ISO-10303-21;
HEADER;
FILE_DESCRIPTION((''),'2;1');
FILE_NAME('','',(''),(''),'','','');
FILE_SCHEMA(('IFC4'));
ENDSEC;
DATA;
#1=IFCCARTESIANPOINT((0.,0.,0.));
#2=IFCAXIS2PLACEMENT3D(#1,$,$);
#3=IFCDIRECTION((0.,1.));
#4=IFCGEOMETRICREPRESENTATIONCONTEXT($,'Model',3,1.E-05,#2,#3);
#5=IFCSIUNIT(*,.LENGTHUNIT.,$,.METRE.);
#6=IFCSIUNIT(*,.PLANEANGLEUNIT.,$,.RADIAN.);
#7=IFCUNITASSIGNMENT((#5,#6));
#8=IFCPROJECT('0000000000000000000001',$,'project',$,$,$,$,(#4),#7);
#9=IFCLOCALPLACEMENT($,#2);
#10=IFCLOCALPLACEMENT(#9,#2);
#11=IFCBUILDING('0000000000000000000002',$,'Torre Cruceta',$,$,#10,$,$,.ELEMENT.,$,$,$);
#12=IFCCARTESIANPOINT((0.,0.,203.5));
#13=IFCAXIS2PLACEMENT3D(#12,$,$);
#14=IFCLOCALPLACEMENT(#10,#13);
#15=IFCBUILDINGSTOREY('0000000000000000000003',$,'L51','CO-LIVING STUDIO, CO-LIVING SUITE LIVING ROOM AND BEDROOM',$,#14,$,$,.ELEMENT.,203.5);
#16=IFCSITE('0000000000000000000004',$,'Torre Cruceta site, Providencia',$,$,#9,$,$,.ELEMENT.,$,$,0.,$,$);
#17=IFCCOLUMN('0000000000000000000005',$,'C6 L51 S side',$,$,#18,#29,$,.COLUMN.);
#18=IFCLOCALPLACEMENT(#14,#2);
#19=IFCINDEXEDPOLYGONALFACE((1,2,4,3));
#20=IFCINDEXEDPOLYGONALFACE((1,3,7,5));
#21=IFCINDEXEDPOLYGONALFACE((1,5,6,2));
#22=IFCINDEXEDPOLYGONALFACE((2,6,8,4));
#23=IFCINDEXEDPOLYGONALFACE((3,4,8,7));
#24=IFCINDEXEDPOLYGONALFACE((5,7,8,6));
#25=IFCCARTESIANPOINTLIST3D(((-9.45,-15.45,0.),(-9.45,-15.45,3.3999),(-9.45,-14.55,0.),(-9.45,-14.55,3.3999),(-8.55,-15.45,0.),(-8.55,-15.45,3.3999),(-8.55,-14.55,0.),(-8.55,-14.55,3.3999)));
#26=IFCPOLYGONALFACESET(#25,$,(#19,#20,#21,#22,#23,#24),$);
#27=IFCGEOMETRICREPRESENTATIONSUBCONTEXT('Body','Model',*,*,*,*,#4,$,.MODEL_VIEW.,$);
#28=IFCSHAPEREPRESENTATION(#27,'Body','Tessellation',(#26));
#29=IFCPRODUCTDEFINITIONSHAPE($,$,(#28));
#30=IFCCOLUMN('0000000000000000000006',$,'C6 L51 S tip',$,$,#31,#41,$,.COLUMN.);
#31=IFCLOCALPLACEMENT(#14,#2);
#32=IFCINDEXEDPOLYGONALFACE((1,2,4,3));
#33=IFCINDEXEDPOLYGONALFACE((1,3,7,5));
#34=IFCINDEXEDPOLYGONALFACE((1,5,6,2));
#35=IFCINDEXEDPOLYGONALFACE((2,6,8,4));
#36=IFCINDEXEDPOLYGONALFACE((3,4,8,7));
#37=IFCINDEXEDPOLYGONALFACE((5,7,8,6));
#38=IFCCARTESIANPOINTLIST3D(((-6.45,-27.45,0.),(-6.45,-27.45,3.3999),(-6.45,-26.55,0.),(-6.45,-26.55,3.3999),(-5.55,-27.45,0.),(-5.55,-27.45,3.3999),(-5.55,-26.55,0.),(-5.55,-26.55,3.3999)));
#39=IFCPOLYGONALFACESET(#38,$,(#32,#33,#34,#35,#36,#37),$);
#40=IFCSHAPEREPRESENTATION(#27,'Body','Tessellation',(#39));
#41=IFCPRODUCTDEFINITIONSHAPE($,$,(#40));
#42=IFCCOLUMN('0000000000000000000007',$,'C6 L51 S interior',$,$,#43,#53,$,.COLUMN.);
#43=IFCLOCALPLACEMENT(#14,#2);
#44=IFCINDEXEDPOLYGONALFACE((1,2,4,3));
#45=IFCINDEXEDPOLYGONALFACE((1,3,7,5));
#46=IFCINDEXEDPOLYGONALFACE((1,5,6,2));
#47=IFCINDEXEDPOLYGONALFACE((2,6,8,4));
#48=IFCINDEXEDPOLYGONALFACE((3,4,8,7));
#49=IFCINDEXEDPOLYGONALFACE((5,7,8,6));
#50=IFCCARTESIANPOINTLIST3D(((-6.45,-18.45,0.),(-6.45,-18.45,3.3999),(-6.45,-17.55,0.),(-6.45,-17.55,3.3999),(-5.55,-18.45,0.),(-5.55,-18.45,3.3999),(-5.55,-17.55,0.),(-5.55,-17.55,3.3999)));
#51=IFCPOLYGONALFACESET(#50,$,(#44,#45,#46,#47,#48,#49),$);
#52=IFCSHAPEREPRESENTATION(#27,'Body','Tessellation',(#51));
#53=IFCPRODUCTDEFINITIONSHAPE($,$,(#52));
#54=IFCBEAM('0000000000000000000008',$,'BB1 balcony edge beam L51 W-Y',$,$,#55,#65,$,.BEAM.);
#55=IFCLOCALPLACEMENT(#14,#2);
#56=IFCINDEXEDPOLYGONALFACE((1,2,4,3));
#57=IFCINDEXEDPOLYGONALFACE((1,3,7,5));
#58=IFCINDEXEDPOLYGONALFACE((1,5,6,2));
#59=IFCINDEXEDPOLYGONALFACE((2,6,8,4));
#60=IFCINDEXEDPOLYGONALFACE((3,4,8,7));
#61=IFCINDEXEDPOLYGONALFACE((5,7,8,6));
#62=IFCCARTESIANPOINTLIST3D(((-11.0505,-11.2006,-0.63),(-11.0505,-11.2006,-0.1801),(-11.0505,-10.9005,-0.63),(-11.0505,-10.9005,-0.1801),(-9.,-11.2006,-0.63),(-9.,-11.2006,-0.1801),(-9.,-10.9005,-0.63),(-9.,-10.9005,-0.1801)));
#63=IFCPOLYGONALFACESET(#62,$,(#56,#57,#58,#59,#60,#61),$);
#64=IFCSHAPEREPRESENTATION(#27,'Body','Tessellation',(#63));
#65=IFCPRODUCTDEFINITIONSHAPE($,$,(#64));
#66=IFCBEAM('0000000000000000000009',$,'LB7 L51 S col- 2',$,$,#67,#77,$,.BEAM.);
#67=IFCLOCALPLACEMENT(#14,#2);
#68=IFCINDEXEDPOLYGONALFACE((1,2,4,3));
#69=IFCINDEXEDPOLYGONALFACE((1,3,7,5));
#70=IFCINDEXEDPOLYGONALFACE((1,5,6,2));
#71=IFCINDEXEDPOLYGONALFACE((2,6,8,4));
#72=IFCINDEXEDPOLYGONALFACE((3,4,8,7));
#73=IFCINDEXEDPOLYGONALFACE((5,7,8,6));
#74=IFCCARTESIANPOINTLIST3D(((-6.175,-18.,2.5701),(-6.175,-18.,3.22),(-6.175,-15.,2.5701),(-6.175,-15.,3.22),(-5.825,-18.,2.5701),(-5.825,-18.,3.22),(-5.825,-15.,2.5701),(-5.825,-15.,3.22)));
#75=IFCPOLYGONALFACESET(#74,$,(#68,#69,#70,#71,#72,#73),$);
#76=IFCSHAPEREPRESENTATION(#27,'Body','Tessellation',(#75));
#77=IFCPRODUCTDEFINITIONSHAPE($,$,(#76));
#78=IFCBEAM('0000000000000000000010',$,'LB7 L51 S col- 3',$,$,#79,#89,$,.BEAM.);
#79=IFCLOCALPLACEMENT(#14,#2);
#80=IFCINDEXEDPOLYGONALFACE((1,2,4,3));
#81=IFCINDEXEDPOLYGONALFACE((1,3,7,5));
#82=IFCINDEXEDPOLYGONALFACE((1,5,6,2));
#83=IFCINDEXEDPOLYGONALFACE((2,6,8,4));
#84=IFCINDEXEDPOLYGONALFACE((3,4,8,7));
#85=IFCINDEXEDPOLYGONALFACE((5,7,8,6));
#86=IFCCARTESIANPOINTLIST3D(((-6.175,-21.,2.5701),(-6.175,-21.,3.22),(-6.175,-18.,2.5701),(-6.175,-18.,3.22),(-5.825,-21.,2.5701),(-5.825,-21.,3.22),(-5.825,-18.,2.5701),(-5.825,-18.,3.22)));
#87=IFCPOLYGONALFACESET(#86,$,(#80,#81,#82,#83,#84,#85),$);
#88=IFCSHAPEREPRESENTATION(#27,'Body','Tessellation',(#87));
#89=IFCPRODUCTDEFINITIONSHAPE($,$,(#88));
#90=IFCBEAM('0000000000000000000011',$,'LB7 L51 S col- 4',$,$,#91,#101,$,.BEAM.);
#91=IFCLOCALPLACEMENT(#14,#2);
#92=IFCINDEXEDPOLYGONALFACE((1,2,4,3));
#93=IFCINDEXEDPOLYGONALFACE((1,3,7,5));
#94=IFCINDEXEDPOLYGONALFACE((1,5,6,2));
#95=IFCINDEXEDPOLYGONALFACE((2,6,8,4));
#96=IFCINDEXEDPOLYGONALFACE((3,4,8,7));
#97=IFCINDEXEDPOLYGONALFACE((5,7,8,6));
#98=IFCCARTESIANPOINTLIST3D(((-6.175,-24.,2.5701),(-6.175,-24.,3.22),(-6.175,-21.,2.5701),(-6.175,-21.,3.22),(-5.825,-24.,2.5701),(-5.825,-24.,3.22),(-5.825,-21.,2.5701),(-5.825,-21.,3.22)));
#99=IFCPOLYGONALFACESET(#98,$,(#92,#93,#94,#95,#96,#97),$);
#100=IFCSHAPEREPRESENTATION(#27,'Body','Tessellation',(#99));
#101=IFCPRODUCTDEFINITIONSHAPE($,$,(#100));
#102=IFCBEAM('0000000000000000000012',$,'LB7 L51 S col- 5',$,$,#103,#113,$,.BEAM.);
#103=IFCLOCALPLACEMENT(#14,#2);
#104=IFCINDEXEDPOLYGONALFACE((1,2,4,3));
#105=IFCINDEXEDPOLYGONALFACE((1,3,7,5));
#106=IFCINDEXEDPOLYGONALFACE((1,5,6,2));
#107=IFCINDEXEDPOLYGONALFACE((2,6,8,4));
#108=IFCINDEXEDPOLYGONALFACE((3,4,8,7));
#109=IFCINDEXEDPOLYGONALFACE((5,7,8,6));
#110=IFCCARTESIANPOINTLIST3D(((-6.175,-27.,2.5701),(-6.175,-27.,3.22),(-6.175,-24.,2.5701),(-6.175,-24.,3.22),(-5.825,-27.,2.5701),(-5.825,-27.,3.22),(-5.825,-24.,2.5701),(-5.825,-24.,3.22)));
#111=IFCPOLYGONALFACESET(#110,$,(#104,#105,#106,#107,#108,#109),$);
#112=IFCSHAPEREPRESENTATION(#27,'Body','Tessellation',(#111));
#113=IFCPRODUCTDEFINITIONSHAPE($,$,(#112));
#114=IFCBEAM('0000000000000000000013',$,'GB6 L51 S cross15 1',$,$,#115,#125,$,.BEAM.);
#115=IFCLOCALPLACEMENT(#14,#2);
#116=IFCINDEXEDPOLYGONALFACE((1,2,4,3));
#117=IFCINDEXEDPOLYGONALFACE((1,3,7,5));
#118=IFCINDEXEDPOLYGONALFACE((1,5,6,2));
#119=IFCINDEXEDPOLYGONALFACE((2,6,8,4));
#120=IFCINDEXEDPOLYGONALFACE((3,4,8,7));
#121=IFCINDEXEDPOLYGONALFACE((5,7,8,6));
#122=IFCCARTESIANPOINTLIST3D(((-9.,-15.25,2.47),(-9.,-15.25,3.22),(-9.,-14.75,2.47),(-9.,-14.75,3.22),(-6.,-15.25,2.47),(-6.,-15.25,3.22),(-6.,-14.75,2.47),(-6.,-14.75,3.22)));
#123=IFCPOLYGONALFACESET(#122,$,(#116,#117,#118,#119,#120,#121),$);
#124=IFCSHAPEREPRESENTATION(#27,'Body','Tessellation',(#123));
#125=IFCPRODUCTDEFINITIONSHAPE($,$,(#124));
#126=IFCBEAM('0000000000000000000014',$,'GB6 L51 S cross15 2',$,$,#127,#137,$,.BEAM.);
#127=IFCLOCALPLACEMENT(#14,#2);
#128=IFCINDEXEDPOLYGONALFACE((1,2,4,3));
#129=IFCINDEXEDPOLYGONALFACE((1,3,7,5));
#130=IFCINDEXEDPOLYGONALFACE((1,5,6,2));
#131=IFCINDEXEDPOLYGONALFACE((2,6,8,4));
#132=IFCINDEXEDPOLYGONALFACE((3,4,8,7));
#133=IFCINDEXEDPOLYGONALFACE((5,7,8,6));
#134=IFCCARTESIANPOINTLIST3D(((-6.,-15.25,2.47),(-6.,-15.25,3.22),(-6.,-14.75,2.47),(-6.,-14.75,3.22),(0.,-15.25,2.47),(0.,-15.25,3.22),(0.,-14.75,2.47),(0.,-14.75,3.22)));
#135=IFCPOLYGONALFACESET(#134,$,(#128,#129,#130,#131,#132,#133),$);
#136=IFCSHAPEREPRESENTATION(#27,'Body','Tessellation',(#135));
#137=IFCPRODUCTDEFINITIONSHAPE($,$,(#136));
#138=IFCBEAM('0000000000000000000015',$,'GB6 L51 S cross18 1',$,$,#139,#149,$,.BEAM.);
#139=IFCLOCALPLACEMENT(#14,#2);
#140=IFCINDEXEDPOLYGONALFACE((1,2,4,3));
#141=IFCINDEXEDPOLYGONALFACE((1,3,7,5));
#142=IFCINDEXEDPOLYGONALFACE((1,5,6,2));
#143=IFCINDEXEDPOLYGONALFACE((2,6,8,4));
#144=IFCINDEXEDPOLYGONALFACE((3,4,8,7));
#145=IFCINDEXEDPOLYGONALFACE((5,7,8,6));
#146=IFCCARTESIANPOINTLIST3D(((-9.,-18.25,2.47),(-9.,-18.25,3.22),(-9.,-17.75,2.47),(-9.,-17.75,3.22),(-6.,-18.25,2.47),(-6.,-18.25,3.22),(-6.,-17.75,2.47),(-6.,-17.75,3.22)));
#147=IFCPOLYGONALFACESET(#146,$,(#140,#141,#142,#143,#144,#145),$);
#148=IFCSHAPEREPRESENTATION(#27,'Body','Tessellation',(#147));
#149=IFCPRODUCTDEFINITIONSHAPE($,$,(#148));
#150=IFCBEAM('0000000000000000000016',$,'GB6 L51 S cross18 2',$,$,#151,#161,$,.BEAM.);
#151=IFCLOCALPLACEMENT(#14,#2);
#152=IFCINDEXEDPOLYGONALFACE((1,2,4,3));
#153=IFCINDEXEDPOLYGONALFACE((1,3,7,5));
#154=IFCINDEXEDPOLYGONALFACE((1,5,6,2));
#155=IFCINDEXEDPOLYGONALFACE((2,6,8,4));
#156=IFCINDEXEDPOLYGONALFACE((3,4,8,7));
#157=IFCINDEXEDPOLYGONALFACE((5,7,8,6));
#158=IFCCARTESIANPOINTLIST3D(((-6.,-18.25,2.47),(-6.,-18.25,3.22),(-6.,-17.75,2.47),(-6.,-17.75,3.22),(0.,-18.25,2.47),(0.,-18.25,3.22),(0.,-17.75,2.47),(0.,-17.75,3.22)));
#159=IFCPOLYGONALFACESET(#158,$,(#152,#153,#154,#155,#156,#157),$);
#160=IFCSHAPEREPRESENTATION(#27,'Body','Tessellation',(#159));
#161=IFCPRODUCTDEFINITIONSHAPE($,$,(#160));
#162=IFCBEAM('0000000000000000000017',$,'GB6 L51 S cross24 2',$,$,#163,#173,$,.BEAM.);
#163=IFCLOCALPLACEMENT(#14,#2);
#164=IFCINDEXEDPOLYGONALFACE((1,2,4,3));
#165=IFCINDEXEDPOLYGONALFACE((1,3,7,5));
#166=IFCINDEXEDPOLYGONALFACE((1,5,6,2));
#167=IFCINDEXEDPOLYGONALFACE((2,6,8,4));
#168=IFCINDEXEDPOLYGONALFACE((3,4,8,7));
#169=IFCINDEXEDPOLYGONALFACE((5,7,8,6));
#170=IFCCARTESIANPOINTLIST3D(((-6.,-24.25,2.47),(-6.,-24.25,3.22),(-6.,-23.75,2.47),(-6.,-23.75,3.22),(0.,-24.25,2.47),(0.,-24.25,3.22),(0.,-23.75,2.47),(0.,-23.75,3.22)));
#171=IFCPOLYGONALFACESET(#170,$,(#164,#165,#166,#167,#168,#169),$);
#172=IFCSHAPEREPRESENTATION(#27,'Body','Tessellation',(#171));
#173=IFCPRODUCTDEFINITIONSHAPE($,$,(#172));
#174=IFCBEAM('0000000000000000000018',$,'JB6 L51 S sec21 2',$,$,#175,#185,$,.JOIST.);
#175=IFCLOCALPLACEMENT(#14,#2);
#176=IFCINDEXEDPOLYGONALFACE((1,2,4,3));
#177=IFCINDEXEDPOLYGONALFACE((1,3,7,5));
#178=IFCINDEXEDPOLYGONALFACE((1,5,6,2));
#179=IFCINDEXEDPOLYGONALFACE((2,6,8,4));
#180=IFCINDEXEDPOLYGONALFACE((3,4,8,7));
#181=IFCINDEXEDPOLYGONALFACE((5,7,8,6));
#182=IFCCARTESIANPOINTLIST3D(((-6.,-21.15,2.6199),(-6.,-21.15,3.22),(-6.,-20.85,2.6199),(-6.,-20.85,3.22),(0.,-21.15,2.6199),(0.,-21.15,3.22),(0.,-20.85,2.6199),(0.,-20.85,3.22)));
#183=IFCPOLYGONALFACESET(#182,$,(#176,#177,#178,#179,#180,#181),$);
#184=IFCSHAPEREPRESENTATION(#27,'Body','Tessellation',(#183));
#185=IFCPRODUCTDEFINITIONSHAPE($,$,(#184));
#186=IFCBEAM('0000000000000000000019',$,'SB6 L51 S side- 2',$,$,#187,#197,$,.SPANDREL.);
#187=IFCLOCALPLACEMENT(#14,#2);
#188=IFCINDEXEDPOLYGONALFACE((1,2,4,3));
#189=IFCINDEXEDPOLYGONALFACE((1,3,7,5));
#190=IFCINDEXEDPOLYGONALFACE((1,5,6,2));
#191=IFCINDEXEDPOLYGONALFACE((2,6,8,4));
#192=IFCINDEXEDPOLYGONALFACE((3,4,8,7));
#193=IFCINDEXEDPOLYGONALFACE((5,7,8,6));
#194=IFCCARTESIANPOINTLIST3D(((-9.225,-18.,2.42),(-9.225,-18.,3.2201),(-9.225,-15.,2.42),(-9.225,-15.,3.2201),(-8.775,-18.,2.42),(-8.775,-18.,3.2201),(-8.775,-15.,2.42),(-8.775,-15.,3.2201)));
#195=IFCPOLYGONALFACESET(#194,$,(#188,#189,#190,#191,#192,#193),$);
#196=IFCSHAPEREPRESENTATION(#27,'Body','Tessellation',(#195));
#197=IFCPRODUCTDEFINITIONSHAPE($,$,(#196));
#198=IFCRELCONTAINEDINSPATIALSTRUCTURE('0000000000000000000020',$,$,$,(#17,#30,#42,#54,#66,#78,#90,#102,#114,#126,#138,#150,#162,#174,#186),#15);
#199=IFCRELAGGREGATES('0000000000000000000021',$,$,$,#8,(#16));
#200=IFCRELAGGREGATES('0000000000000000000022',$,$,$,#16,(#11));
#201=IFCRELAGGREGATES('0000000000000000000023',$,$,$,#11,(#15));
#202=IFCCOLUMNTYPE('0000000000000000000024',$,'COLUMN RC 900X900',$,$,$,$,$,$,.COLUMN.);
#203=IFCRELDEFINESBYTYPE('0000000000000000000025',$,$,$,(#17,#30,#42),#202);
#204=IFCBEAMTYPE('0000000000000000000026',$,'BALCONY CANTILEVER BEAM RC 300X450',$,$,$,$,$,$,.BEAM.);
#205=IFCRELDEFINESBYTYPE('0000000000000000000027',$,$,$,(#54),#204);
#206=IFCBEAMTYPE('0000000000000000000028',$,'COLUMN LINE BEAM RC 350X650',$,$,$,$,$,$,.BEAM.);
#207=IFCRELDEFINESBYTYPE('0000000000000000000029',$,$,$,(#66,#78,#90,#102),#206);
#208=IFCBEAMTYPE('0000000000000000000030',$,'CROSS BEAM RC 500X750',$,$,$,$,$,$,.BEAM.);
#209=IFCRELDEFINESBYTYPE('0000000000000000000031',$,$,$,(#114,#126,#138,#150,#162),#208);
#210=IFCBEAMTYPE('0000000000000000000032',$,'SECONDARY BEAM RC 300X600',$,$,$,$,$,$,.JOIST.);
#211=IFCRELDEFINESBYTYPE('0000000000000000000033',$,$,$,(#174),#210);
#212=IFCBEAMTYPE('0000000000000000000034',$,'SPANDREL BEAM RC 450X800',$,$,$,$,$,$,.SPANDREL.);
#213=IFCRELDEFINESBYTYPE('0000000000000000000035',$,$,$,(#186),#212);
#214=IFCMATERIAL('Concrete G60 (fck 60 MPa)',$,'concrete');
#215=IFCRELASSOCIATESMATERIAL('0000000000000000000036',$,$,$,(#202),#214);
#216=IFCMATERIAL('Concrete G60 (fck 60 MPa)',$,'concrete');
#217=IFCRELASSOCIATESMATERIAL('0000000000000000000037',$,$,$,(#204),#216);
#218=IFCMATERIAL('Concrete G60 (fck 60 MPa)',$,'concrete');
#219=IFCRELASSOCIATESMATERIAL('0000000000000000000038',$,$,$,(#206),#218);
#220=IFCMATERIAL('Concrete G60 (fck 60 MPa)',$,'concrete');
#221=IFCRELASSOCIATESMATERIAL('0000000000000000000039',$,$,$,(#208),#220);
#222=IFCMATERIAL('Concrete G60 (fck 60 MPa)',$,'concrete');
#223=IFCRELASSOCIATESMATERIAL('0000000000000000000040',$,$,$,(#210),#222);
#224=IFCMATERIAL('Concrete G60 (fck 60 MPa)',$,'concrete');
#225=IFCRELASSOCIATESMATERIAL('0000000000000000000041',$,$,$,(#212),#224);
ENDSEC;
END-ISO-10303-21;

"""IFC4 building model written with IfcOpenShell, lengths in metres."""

from ifc_helpers import new_model, si_unit, direction, frame, origin, origin_2d, place, context, subcontext, project, spatial, rectangle, extrude, material, material_profile, profile_set, type_object, element, save


model = new_model("IFC4")

# Units and contexts
model_context = context("Model", 3, precision=1e-05, world=origin(), true_north=direction((0.0, 1.0)))
body_context = subcontext(model_context, "Body", "Model", "MODEL_VIEW")
ifc_project = project(units=[si_unit("LENGTHUNIT", "METRE"), si_unit("PLANEANGLEUNIT", "RADIAN")], contexts=[model_context])

# Site, building, storey
site_placement = place(None, origin())
site = spatial("IfcSite", under=ifc_project, at=site_placement, Name="Torre Cruceta site, Providencia", CompositionType="ELEMENT", RefElevation=0.0)
building_placement = place(site_placement, origin())
building = spatial("IfcBuilding", under=site, at=building_placement, Name="Torre Cruceta", CompositionType="ELEMENT")
storey_placement = place(building_placement, frame((0.0, 0.0, 203.5)))
storey = spatial("IfcBuildingStorey", under=building, at=storey_placement, Name="L51", Description="CO-LIVING STUDIO, CO-LIVING SUITE LIVING ROOM AND BEDROOM", CompositionType="ELEMENT", Elevation=203.5)

# Columns
ifc_material_1 = material(Name="Concrete G60 (fck 60 MPa)", Category="concrete")
ifc_material_profile_1 = material_profile(ifc_material_1, rectangle(XDim=0.8999, YDim=0.8999, at=origin_2d()), Name="RC 900X900")
ifc_profile_set_1 = profile_set([ifc_material_profile_1], Name="Concrete G60 (fck 60 MPa)")
column_type = type_object("IfcColumnType", Name="COLUMN RC 900X900", PredefinedType="COLUMN", material=ifc_profile_set_1)
for number, where, z_axis, x_axis, name in (
    (1, (-9.0, -15.0, 0.0), (0.0, 0.0, 1.0), (1.0, 0.0, 0.0), "C6 L51 S side"),
    (2, (-6.0, -27.0, 0.0), (0.0, 0.0, 1.0), (1.0, 0.0, 0.0), "C6 L51 S tip"),
    (3, (-6.0, -18.0, 0.0), (0.0, 0.0, 1.0), (1.0, 0.0, 0.0), "C6 L51 S interior"),
):
    element("IfcColumn", number, at=place(storey_placement, frame(where, z_axis=z_axis, x_axis=x_axis)), inside=storey, type_object=column_type, Name=name, PredefinedType="COLUMN", context=body_context, shape_type="SweptSolid", body=[
        extrude(rectangle(XDim=0.8999, YDim=0.8999, at=origin_2d()), origin(), (0.0, 0.0, 1.0), 3.3999),
    ])

# Beams
ifc_material_2 = material(Name="Concrete G60 (fck 60 MPa)", Category="concrete")
ifc_material_profile_2 = material_profile(ifc_material_2, rectangle(XDim=0.3, YDim=0.45, at=origin_2d()), Name="RC 300X450")
ifc_profile_set_2 = profile_set([ifc_material_profile_2], Name="Concrete G60 (fck 60 MPa)")
beam_type_1 = type_object("IfcBeamType", Name="BALCONY CANTILEVER BEAM RC 300X450", PredefinedType="BEAM", material=ifc_profile_set_2)
beam_1_placement = place(storey_placement, frame((-9.0, -11.0505, -0.405), z_axis=(-1.0, 0.0, 0.0), x_axis=(0.0, -1.0, 0.0)))
element("IfcBeam", 4, at=beam_1_placement, inside=storey, type_object=beam_type_1, Name="BB1 balcony edge beam L51 W-Y", PredefinedType="BEAM", context=body_context, shape_type="SweptSolid", body=[
    extrude(rectangle(XDim=0.3, YDim=0.45, at=origin_2d()), origin(), (0.0, 0.0, 1.0), 2.0505),
])
ifc_material_3 = material(Name="Concrete G60 (fck 60 MPa)", Category="concrete")
ifc_material_profile_3 = material_profile(ifc_material_3, rectangle(XDim=0.3501, YDim=0.6499, at=origin_2d()), Name="RC 350X650")
ifc_profile_set_3 = profile_set([ifc_material_profile_3], Name="Concrete G60 (fck 60 MPa)")
beam_type_2 = type_object("IfcBeamType", Name="COLUMN LINE BEAM RC 350X650", PredefinedType="BEAM", material=ifc_profile_set_3)
for number, where, z_axis, x_axis, name in (
    (5, (-6.0, -15.0, 2.895), (0.0, -1.0, 0.0), (1.0, 0.0, 0.0), "LB7 L51 S col- 2"),
    (6, (-6.0, -18.0, 2.895), (0.0, -1.0, 0.0), (1.0, 0.0, 0.0), "LB7 L51 S col- 3"),
    (7, (-6.0, -21.0, 2.895), (0.0, -1.0, 0.0), (1.0, 0.0, 0.0), "LB7 L51 S col- 4"),
    (8, (-6.0, -24.0, 2.895), (0.0, -1.0, 0.0), (1.0, 0.0, 0.0), "LB7 L51 S col- 5"),
):
    element("IfcBeam", number, at=place(storey_placement, frame(where, z_axis=z_axis, x_axis=x_axis)), inside=storey, type_object=beam_type_2, Name=name, PredefinedType="BEAM", context=body_context, shape_type="SweptSolid", body=[
        extrude(rectangle(XDim=0.3501, YDim=0.6499, at=origin_2d()), origin(), (0.0, 0.0, 1.0), 3.0),
    ])
ifc_material_4 = material(Name="Concrete G60 (fck 60 MPa)", Category="concrete")
ifc_material_profile_4 = material_profile(ifc_material_4, rectangle(XDim=0.5, YDim=0.75, at=origin_2d()), Name="RC 500X750")
ifc_profile_set_4 = profile_set([ifc_material_profile_4], Name="Concrete G60 (fck 60 MPa)")
beam_type_3 = type_object("IfcBeamType", Name="CROSS BEAM RC 500X750", PredefinedType="BEAM", material=ifc_profile_set_4)
beam_2_placement = place(storey_placement, frame((-9.0, -15.0, 2.845), z_axis=(1.0, 0.0, 0.0), x_axis=(0.0, 1.0, 0.0)))
element("IfcBeam", 9, at=beam_2_placement, inside=storey, type_object=beam_type_3, Name="GB6 L51 S cross15 1", PredefinedType="BEAM", context=body_context, shape_type="SweptSolid", body=[
    extrude(rectangle(XDim=0.5, YDim=0.75, at=origin_2d()), origin(), (0.0, 0.0, 1.0), 3.0),
])
beam_3_placement = place(storey_placement, frame((-6.0, -15.0, 2.845), z_axis=(1.0, 0.0, 0.0), x_axis=(0.0, 1.0, 0.0)))
element("IfcBeam", 10, at=beam_3_placement, inside=storey, type_object=beam_type_3, Name="GB6 L51 S cross15 2", PredefinedType="BEAM", context=body_context, shape_type="SweptSolid", body=[
    extrude(rectangle(XDim=0.5, YDim=0.75, at=origin_2d()), origin(), (0.0, 0.0, 1.0), 6.0),
])
beam_4_placement = place(storey_placement, frame((-9.0, -18.0, 2.845), z_axis=(1.0, 0.0, 0.0), x_axis=(0.0, 1.0, 0.0)))
element("IfcBeam", 11, at=beam_4_placement, inside=storey, type_object=beam_type_3, Name="GB6 L51 S cross18 1", PredefinedType="BEAM", context=body_context, shape_type="SweptSolid", body=[
    extrude(rectangle(XDim=0.5, YDim=0.75, at=origin_2d()), origin(), (0.0, 0.0, 1.0), 3.0),
])
for number, where, z_axis, x_axis, name in (
    (12, (-6.0, -18.0, 2.845), (1.0, 0.0, 0.0), (0.0, 1.0, 0.0), "GB6 L51 S cross18 2"),
    (13, (-6.0, -24.0, 2.845), (1.0, 0.0, 0.0), (0.0, 1.0, 0.0), "GB6 L51 S cross24 2"),
):
    element("IfcBeam", number, at=place(storey_placement, frame(where, z_axis=z_axis, x_axis=x_axis)), inside=storey, type_object=beam_type_3, Name=name, PredefinedType="BEAM", context=body_context, shape_type="SweptSolid", body=[
        extrude(rectangle(XDim=0.5, YDim=0.75, at=origin_2d()), origin(), (0.0, 0.0, 1.0), 6.0),
    ])
ifc_material_5 = material(Name="Concrete G60 (fck 60 MPa)", Category="concrete")
ifc_material_profile_5 = material_profile(ifc_material_5, rectangle(XDim=0.3, YDim=0.6001, at=origin_2d()), Name="RC 300X600")
ifc_profile_set_5 = profile_set([ifc_material_profile_5], Name="Concrete G60 (fck 60 MPa)")
beam_type_4 = type_object("IfcBeamType", Name="SECONDARY BEAM RC 300X600", PredefinedType="JOIST", material=ifc_profile_set_5)
beam_5_placement = place(storey_placement, frame((-6.0, -21.0, 2.9199), z_axis=(1.0, 0.0, 0.0), x_axis=(0.0, 1.0, 0.0)))
element("IfcBeam", 14, at=beam_5_placement, inside=storey, type_object=beam_type_4, Name="JB6 L51 S sec21 2", PredefinedType="JOIST", context=body_context, shape_type="SweptSolid", body=[
    extrude(rectangle(XDim=0.3, YDim=0.6001, at=origin_2d()), origin(), (0.0, 0.0, 1.0), 6.0),
])
ifc_material_6 = material(Name="Concrete G60 (fck 60 MPa)", Category="concrete")
ifc_material_profile_6 = material_profile(ifc_material_6, rectangle(XDim=0.45, YDim=0.8, at=origin_2d()), Name="RC 450X800")
ifc_profile_set_6 = profile_set([ifc_material_profile_6], Name="Concrete G60 (fck 60 MPa)")
beam_type_5 = type_object("IfcBeamType", Name="SPANDREL BEAM RC 450X800", PredefinedType="SPANDREL", material=ifc_profile_set_6)
for number, where, z_axis, x_axis, name in (
    (15, (-9.0, -15.0, 2.8201), (0.0, -1.0, 0.0), (1.0, 0.0, 0.0), "SB6 L51 S side- 2"),
):
    element("IfcBeam", number, at=place(storey_placement, frame(where, z_axis=z_axis, x_axis=x_axis)), inside=storey, type_object=beam_type_5, Name=name, PredefinedType="SPANDREL", context=body_context, shape_type="SweptSolid", body=[
        extrude(rectangle(XDim=0.45, YDim=0.8, at=origin_2d()), origin(), (0.0, 0.0, 1.0), 3.0),
    ])

save(model, "model.ifc")
